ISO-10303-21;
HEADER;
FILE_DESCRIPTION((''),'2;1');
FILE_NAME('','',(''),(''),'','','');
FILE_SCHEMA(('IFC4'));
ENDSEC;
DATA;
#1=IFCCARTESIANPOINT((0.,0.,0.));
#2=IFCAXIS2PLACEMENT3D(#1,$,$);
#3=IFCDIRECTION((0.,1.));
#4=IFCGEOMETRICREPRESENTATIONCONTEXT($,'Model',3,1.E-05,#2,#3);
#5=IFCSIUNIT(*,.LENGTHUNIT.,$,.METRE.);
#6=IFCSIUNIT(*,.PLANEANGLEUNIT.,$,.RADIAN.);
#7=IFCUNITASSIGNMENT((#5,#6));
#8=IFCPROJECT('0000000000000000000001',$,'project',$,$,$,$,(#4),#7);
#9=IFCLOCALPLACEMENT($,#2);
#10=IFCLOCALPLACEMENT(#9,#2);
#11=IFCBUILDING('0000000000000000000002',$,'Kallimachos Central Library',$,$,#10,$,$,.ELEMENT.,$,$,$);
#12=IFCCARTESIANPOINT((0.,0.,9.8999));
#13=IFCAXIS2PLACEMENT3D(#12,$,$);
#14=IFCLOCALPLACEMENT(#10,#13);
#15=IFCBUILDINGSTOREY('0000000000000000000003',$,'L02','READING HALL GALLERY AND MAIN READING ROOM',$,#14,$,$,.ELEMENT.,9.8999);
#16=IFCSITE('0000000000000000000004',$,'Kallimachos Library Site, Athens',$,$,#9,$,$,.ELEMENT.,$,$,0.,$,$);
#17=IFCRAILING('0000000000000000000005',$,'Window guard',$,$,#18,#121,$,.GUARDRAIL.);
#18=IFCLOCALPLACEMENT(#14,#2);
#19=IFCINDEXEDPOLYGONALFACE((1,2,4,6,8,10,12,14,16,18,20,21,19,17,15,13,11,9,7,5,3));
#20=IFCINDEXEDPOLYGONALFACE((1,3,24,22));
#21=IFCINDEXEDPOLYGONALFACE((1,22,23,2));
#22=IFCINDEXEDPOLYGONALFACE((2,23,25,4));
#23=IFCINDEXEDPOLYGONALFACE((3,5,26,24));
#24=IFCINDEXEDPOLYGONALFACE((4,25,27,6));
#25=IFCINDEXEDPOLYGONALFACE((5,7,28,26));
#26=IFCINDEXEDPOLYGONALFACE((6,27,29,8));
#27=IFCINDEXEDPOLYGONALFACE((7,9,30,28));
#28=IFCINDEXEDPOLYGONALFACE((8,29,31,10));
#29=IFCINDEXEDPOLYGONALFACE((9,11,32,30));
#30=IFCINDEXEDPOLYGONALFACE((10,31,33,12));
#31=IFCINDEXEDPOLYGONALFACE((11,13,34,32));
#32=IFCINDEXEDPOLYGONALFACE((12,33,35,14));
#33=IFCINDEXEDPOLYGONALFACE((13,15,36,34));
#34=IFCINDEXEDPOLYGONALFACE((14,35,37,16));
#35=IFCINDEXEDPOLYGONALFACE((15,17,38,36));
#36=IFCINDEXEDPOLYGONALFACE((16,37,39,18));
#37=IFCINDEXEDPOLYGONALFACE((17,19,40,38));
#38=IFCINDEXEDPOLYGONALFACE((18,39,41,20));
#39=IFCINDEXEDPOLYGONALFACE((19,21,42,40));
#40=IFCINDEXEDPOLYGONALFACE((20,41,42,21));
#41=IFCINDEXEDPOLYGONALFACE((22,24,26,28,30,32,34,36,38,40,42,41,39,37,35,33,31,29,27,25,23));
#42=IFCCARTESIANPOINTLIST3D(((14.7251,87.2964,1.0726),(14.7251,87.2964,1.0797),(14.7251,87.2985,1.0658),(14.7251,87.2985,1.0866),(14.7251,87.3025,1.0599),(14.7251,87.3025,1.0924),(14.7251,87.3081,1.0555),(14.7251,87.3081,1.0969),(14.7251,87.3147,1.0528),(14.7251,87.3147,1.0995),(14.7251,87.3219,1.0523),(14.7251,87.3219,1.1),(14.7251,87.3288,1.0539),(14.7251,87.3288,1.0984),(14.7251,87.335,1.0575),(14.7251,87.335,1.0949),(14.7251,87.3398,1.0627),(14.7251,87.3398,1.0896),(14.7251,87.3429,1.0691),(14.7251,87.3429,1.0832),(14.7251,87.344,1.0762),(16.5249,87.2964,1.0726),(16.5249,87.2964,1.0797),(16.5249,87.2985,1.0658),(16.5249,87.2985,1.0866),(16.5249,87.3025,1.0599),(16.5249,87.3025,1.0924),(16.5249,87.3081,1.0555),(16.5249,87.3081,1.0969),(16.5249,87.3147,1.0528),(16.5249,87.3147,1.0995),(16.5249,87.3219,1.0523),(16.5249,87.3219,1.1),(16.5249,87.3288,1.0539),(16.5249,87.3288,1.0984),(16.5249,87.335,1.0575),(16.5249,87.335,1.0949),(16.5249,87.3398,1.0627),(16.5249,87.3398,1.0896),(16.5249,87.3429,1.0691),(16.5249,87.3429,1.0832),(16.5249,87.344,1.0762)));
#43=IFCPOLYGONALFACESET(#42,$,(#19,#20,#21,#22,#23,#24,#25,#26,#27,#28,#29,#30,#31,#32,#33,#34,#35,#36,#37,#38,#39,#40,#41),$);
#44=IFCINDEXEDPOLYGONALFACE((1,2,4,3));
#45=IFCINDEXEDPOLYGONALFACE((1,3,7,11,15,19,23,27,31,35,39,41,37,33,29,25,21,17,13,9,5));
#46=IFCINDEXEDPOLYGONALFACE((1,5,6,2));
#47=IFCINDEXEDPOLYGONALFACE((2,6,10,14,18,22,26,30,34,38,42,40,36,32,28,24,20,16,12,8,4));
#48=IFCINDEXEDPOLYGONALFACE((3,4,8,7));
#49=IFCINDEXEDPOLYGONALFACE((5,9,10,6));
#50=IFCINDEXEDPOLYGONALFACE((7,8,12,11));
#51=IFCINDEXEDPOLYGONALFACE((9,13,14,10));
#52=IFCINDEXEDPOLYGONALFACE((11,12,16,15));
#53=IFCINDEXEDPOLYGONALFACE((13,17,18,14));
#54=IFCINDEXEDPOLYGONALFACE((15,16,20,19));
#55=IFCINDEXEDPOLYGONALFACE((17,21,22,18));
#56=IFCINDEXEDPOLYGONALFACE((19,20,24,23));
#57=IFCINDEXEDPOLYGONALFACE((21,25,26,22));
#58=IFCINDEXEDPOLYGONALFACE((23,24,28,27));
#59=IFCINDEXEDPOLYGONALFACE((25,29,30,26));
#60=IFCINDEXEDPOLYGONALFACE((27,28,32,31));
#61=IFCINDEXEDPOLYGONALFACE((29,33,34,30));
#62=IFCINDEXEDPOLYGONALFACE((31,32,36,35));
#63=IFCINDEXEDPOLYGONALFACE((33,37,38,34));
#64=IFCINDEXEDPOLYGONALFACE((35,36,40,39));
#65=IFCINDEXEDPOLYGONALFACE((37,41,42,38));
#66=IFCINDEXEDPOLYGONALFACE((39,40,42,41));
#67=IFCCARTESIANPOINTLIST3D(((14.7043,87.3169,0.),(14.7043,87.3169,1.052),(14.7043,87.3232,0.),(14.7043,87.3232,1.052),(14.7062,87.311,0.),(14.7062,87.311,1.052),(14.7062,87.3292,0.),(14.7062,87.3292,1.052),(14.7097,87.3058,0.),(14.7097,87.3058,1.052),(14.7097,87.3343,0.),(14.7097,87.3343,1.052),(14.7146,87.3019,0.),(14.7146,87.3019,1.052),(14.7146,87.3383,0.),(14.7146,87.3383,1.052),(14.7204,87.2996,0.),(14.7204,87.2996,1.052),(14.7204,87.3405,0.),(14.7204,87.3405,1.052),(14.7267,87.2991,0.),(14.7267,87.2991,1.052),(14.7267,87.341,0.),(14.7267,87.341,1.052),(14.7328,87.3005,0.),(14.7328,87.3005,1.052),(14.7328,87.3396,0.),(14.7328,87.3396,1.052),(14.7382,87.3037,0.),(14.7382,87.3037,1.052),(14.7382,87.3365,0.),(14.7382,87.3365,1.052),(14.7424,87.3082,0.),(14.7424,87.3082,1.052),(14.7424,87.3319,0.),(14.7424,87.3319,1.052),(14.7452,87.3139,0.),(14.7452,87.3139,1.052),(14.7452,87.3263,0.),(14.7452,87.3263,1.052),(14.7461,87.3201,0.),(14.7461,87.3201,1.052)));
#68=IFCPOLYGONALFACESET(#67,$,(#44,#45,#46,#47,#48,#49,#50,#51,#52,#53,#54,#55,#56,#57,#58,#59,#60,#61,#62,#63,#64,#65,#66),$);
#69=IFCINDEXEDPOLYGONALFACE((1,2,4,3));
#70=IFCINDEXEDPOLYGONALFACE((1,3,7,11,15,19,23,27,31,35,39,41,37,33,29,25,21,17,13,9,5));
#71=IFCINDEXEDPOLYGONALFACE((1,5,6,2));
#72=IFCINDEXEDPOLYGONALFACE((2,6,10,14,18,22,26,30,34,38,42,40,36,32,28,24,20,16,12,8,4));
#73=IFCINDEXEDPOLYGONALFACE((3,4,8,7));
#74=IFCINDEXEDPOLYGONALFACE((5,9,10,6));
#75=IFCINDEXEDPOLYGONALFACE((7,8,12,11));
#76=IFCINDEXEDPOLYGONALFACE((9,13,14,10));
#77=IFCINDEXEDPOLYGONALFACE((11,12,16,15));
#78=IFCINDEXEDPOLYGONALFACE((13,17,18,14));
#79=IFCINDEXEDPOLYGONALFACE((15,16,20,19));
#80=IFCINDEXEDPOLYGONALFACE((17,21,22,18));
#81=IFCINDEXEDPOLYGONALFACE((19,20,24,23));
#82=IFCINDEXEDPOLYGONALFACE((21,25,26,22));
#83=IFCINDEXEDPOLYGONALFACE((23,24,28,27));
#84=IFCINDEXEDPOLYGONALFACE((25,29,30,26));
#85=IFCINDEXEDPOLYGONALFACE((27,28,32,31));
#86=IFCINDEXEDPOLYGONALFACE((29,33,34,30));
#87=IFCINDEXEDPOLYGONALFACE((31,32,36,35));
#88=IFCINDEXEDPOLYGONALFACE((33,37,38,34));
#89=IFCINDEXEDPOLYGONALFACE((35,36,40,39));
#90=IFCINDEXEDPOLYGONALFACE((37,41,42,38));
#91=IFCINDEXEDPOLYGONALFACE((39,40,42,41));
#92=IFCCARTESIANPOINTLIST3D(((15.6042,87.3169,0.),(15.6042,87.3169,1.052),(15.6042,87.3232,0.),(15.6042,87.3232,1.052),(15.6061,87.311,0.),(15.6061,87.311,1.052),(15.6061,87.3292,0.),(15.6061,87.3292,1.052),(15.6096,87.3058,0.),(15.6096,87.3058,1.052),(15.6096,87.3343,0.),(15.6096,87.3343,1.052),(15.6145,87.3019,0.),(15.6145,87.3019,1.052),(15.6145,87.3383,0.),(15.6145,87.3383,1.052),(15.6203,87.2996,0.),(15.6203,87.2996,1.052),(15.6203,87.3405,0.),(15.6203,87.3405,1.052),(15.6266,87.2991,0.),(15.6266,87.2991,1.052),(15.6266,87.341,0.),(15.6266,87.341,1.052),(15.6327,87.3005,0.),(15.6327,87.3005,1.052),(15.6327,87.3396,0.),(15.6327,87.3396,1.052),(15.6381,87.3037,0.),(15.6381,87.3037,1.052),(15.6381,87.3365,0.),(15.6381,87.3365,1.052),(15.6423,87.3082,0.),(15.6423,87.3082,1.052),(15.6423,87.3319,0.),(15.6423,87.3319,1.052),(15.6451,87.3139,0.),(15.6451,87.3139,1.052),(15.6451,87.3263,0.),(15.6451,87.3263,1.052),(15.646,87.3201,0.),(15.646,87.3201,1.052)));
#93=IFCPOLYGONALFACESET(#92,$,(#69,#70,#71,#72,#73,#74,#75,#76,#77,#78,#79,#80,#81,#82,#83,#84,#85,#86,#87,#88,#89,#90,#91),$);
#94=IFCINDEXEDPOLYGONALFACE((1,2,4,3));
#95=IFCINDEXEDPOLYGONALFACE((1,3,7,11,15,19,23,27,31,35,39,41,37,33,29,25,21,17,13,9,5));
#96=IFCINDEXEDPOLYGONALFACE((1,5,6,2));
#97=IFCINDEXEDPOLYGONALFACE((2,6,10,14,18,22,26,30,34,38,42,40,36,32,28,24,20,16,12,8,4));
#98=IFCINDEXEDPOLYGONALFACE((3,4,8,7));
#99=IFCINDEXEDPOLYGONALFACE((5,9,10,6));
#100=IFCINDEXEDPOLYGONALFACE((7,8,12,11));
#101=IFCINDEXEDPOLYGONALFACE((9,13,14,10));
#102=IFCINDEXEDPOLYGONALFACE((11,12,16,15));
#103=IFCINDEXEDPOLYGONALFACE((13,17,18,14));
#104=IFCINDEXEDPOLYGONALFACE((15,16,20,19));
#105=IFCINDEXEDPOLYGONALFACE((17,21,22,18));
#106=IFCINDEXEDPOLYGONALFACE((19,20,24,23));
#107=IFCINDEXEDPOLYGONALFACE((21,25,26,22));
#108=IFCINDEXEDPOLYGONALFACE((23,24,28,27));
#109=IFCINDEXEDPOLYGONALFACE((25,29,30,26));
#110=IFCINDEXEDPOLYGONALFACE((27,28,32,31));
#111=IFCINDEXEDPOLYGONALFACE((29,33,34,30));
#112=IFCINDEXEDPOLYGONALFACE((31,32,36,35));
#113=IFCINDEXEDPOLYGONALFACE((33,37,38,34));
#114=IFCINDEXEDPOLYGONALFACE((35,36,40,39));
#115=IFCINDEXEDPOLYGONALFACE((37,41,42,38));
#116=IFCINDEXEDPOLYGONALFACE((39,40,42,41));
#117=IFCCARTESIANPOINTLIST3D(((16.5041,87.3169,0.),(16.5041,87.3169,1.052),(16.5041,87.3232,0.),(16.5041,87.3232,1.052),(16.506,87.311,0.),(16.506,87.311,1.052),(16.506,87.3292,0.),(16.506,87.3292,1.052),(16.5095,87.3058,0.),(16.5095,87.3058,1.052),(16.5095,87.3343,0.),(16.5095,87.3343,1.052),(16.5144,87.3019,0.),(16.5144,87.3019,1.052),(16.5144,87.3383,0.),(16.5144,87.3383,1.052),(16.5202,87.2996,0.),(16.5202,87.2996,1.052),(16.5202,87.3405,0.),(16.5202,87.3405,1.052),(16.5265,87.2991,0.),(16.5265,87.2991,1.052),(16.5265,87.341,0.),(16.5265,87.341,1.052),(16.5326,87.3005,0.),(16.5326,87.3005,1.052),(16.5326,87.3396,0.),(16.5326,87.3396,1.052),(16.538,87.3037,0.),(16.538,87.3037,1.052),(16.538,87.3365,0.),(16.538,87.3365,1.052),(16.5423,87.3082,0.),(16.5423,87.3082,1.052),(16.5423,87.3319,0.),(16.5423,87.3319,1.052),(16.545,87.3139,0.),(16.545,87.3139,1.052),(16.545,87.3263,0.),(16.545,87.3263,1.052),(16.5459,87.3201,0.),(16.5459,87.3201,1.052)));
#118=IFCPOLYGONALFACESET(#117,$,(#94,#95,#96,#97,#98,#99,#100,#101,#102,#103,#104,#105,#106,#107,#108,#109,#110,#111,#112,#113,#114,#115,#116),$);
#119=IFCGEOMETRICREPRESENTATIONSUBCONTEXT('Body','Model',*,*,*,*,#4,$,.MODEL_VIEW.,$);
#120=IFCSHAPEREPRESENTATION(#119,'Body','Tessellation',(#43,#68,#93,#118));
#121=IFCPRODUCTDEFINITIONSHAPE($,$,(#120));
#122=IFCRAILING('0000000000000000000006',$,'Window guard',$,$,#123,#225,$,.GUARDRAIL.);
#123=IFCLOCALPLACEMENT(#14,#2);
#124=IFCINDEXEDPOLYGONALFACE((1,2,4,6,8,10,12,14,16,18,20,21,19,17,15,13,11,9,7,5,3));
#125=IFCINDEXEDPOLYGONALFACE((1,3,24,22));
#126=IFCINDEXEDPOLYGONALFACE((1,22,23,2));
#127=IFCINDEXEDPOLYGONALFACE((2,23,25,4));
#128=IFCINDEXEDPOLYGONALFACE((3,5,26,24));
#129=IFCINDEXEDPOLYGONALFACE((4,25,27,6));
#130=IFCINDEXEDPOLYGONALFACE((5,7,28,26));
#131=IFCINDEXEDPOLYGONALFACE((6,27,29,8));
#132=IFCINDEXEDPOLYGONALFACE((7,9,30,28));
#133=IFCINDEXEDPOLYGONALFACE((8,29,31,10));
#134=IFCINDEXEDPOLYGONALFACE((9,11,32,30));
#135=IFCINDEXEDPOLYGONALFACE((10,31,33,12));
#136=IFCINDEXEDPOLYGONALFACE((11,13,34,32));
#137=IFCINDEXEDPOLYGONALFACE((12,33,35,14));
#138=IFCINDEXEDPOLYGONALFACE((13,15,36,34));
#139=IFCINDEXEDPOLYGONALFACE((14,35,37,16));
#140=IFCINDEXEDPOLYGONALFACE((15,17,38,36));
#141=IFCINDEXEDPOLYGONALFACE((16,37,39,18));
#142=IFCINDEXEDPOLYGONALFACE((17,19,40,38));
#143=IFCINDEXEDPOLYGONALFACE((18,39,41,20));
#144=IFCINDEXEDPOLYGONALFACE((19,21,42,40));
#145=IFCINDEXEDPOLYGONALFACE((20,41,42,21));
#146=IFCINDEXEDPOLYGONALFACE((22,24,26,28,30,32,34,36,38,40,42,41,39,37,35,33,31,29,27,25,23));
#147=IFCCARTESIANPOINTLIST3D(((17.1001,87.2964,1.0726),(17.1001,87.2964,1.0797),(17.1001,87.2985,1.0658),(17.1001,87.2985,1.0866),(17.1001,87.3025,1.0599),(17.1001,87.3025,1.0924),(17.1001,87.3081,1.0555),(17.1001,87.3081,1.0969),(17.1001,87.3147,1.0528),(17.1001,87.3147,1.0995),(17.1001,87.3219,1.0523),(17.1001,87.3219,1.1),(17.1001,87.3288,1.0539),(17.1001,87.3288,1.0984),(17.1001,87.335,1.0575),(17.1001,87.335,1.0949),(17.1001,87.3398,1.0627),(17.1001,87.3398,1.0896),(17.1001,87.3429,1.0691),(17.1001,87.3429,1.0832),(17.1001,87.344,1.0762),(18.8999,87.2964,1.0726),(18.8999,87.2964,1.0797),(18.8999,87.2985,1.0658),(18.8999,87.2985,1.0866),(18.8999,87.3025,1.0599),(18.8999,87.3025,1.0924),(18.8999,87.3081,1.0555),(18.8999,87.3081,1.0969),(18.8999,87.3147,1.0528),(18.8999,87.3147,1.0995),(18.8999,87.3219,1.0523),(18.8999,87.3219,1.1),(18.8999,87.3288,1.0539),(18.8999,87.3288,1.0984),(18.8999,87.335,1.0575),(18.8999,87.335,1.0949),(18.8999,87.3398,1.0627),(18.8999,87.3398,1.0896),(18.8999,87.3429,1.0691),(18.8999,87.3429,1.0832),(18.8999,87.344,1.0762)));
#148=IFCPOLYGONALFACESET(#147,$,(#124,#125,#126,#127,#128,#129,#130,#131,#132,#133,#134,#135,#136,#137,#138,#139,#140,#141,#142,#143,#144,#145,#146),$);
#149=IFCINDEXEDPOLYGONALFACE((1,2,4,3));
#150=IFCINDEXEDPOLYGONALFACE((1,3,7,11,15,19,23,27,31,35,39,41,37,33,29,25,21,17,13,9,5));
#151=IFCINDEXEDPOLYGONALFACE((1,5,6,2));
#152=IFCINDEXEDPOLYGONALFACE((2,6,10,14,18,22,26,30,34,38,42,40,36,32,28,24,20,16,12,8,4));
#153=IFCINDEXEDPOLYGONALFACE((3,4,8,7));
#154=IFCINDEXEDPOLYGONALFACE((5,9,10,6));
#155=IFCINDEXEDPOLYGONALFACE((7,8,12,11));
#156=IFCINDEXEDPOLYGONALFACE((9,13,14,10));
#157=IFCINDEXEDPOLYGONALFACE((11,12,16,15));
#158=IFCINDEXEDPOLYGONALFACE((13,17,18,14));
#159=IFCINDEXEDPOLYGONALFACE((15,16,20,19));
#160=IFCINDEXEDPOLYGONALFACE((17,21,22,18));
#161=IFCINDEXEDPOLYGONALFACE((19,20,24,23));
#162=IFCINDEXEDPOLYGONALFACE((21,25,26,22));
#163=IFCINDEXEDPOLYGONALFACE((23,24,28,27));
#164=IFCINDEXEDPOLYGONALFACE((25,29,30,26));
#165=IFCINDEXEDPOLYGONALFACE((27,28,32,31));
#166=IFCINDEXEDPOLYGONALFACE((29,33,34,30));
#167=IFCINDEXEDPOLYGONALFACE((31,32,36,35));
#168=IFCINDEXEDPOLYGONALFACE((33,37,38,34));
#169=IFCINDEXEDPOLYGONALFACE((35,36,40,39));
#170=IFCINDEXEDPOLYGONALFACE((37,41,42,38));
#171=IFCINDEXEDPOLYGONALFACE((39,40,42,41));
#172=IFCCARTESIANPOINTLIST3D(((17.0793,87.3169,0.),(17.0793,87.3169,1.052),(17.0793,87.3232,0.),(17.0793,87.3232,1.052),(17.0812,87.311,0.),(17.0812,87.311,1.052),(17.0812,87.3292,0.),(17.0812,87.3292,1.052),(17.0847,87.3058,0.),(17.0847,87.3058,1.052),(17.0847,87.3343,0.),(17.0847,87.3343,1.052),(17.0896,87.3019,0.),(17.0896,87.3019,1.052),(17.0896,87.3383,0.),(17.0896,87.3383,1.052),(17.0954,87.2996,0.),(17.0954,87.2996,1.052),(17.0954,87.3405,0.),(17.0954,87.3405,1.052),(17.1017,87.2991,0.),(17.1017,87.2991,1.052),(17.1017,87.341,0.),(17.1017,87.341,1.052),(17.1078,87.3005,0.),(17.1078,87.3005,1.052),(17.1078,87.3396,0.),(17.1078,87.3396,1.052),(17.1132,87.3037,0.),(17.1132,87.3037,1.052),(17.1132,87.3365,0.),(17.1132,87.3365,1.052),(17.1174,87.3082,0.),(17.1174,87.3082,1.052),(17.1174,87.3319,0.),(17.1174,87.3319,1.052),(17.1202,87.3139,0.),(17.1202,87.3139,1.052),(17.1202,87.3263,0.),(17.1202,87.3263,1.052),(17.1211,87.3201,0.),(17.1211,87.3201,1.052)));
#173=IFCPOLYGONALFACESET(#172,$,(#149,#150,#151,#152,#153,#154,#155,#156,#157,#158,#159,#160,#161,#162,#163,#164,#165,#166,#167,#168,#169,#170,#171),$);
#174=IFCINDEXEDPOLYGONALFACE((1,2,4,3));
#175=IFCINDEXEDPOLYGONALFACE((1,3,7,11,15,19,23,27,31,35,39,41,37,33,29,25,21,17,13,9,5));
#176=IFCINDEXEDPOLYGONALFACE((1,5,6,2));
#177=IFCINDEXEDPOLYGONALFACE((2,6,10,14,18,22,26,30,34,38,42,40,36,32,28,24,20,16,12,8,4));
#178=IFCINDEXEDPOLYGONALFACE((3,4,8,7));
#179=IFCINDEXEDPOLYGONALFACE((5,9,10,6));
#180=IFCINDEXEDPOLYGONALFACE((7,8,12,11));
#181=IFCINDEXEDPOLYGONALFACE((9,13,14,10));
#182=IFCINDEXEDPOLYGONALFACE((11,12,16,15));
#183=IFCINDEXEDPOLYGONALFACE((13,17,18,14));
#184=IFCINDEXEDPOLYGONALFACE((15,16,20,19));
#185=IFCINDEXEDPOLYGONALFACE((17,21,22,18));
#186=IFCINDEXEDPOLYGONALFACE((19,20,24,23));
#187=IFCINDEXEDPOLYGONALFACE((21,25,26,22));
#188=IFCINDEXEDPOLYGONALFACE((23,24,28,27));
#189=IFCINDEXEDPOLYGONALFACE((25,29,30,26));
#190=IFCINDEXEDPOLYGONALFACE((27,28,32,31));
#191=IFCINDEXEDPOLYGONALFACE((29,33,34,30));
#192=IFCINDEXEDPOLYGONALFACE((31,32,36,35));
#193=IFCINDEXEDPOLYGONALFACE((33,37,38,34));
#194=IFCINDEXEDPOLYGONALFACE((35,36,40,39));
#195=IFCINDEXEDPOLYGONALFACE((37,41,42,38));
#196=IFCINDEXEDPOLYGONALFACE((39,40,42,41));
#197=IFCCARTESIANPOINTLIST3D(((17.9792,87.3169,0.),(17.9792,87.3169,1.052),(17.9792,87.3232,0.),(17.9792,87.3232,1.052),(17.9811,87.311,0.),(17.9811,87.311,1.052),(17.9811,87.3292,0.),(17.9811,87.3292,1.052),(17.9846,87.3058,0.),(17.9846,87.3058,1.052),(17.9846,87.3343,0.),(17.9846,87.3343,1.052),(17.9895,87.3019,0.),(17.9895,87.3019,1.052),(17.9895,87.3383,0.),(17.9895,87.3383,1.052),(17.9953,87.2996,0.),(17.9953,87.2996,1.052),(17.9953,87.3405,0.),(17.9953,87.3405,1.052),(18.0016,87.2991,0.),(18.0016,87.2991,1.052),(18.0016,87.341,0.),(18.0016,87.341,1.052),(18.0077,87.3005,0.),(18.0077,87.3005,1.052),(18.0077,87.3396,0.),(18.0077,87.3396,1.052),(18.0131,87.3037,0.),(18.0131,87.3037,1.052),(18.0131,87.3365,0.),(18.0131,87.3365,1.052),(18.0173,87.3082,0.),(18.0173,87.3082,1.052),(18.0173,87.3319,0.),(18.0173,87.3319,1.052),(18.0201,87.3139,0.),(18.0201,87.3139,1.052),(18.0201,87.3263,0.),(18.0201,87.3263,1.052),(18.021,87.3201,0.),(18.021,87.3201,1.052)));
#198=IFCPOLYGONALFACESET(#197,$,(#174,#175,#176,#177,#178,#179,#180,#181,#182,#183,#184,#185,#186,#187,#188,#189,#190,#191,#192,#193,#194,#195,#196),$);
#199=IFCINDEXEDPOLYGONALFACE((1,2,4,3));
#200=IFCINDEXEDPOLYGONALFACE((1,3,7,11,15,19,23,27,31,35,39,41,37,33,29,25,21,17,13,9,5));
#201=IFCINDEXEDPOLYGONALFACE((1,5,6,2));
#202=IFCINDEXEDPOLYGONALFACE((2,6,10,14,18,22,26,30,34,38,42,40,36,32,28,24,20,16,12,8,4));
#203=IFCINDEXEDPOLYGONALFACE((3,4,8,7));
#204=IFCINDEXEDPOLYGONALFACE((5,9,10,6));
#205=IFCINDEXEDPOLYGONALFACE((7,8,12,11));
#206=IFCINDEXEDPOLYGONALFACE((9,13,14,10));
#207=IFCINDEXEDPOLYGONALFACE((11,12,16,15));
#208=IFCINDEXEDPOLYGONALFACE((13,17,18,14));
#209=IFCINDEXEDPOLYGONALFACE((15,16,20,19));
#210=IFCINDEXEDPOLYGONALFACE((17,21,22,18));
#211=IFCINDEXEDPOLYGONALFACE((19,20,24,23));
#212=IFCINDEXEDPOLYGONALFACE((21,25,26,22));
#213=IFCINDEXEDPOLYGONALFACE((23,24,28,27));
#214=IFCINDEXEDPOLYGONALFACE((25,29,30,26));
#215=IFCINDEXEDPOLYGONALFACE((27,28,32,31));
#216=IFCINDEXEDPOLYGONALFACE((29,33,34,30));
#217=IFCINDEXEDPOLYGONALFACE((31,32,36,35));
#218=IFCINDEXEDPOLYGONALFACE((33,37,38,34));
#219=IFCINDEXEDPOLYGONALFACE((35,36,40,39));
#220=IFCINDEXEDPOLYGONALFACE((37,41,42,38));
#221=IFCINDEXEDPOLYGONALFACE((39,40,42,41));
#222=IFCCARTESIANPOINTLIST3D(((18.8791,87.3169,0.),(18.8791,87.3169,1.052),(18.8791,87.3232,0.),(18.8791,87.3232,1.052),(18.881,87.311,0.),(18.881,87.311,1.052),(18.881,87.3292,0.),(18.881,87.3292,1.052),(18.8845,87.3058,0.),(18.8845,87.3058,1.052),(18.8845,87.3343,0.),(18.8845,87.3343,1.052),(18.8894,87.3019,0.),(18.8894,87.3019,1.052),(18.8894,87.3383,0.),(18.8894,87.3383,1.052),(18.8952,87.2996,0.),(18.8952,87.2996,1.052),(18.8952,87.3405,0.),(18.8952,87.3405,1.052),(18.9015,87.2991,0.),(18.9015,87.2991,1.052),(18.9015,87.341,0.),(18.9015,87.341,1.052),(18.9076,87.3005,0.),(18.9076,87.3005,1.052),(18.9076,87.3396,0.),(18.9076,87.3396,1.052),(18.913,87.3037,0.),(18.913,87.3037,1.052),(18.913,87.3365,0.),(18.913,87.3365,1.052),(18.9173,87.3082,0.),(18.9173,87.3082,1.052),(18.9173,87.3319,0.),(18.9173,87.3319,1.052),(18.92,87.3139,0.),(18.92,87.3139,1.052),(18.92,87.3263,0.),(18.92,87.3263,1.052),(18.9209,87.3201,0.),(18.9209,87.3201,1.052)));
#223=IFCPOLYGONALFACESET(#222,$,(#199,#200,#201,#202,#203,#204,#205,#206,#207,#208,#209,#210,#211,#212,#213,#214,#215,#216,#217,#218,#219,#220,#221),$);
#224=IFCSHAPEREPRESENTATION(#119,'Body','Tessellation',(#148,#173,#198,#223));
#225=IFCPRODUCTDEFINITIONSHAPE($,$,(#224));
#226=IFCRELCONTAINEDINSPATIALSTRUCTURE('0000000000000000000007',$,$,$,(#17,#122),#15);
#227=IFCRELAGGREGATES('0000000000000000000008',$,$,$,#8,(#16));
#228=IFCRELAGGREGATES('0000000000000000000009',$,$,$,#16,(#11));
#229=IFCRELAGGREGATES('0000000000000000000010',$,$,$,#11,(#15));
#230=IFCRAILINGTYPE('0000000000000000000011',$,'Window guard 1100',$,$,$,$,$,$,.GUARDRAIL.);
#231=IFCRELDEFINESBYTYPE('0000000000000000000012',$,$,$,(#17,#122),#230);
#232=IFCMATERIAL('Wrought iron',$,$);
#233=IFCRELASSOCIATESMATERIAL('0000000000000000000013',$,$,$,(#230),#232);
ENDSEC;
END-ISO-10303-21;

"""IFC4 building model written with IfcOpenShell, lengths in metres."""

from ifc_helpers import new_model, si_unit, direction, frame, origin, origin_2d, place, context, subcontext, project, spatial, circle, extrude, material, type_object, element, save


model = new_model("IFC4")

# Units and contexts
model_context = context("Model", 3, precision=1e-05, world=origin(), true_north=direction((0.0, 1.0)))
body_context = subcontext(model_context, "Body", "Model", "MODEL_VIEW")
ifc_project = project(units=[si_unit("LENGTHUNIT", "METRE"), si_unit("PLANEANGLEUNIT", "RADIAN")], contexts=[model_context])

# Site, building, storey
site_placement = place(None, origin())
site = spatial("IfcSite", under=ifc_project, at=site_placement, Name="Kallimachos Library Site, Athens", CompositionType="ELEMENT", RefElevation=0.0)
building_placement = place(site_placement, origin())
building = spatial("IfcBuilding", under=site, at=building_placement, Name="Kallimachos Central Library", CompositionType="ELEMENT")
storey_placement = place(building_placement, frame((0.0, 0.0, 9.8999)))
storey = spatial("IfcBuildingStorey", under=building, at=storey_placement, Name="L02", Description="READING HALL GALLERY AND MAIN READING ROOM", CompositionType="ELEMENT", Elevation=9.8999)

# Railings
ifc_material_1 = material(Name="Wrought iron")
railing_type = type_object("IfcRailingType", Name="Window guard 1100", PredefinedType="GUARDRAIL", material=ifc_material_1)
for number, where, name in (
    (1, (14.7251, 87.3201, 0.0), "Window guard"),
    (2, (17.1001, 87.3201, 0.0), "Window guard"),
):
    element("IfcRailing", number, at=place(storey_placement, frame(where)), inside=storey, type_object=railing_type, Name=name, PredefinedType="GUARDRAIL", context=body_context, shape_type="SweptSolid", body=[
        extrude(circle(Radius=0.0239, at=origin_2d()), frame((0.0, 0.0, 1.0762), z_axis=(1.0, 0.0, 0.0), x_axis=(0.0, 1.0, 0.0)), (0.0, 0.0, 1.0), 1.7998),
        extrude(circle(Radius=0.021, at=origin_2d()), origin(), (0.0, 0.0, 1.0), 1.052),
        extrude(circle(Radius=0.021, at=origin_2d()), frame((0.8999, 0.0, 0.0)), (0.0, 0.0, 1.0), 1.052),
        extrude(circle(Radius=0.021, at=origin_2d()), frame((1.7998, 0.0, 0.0)), (0.0, 0.0, 1.0), 1.052),
    ])

save(model, "model.ifc")
